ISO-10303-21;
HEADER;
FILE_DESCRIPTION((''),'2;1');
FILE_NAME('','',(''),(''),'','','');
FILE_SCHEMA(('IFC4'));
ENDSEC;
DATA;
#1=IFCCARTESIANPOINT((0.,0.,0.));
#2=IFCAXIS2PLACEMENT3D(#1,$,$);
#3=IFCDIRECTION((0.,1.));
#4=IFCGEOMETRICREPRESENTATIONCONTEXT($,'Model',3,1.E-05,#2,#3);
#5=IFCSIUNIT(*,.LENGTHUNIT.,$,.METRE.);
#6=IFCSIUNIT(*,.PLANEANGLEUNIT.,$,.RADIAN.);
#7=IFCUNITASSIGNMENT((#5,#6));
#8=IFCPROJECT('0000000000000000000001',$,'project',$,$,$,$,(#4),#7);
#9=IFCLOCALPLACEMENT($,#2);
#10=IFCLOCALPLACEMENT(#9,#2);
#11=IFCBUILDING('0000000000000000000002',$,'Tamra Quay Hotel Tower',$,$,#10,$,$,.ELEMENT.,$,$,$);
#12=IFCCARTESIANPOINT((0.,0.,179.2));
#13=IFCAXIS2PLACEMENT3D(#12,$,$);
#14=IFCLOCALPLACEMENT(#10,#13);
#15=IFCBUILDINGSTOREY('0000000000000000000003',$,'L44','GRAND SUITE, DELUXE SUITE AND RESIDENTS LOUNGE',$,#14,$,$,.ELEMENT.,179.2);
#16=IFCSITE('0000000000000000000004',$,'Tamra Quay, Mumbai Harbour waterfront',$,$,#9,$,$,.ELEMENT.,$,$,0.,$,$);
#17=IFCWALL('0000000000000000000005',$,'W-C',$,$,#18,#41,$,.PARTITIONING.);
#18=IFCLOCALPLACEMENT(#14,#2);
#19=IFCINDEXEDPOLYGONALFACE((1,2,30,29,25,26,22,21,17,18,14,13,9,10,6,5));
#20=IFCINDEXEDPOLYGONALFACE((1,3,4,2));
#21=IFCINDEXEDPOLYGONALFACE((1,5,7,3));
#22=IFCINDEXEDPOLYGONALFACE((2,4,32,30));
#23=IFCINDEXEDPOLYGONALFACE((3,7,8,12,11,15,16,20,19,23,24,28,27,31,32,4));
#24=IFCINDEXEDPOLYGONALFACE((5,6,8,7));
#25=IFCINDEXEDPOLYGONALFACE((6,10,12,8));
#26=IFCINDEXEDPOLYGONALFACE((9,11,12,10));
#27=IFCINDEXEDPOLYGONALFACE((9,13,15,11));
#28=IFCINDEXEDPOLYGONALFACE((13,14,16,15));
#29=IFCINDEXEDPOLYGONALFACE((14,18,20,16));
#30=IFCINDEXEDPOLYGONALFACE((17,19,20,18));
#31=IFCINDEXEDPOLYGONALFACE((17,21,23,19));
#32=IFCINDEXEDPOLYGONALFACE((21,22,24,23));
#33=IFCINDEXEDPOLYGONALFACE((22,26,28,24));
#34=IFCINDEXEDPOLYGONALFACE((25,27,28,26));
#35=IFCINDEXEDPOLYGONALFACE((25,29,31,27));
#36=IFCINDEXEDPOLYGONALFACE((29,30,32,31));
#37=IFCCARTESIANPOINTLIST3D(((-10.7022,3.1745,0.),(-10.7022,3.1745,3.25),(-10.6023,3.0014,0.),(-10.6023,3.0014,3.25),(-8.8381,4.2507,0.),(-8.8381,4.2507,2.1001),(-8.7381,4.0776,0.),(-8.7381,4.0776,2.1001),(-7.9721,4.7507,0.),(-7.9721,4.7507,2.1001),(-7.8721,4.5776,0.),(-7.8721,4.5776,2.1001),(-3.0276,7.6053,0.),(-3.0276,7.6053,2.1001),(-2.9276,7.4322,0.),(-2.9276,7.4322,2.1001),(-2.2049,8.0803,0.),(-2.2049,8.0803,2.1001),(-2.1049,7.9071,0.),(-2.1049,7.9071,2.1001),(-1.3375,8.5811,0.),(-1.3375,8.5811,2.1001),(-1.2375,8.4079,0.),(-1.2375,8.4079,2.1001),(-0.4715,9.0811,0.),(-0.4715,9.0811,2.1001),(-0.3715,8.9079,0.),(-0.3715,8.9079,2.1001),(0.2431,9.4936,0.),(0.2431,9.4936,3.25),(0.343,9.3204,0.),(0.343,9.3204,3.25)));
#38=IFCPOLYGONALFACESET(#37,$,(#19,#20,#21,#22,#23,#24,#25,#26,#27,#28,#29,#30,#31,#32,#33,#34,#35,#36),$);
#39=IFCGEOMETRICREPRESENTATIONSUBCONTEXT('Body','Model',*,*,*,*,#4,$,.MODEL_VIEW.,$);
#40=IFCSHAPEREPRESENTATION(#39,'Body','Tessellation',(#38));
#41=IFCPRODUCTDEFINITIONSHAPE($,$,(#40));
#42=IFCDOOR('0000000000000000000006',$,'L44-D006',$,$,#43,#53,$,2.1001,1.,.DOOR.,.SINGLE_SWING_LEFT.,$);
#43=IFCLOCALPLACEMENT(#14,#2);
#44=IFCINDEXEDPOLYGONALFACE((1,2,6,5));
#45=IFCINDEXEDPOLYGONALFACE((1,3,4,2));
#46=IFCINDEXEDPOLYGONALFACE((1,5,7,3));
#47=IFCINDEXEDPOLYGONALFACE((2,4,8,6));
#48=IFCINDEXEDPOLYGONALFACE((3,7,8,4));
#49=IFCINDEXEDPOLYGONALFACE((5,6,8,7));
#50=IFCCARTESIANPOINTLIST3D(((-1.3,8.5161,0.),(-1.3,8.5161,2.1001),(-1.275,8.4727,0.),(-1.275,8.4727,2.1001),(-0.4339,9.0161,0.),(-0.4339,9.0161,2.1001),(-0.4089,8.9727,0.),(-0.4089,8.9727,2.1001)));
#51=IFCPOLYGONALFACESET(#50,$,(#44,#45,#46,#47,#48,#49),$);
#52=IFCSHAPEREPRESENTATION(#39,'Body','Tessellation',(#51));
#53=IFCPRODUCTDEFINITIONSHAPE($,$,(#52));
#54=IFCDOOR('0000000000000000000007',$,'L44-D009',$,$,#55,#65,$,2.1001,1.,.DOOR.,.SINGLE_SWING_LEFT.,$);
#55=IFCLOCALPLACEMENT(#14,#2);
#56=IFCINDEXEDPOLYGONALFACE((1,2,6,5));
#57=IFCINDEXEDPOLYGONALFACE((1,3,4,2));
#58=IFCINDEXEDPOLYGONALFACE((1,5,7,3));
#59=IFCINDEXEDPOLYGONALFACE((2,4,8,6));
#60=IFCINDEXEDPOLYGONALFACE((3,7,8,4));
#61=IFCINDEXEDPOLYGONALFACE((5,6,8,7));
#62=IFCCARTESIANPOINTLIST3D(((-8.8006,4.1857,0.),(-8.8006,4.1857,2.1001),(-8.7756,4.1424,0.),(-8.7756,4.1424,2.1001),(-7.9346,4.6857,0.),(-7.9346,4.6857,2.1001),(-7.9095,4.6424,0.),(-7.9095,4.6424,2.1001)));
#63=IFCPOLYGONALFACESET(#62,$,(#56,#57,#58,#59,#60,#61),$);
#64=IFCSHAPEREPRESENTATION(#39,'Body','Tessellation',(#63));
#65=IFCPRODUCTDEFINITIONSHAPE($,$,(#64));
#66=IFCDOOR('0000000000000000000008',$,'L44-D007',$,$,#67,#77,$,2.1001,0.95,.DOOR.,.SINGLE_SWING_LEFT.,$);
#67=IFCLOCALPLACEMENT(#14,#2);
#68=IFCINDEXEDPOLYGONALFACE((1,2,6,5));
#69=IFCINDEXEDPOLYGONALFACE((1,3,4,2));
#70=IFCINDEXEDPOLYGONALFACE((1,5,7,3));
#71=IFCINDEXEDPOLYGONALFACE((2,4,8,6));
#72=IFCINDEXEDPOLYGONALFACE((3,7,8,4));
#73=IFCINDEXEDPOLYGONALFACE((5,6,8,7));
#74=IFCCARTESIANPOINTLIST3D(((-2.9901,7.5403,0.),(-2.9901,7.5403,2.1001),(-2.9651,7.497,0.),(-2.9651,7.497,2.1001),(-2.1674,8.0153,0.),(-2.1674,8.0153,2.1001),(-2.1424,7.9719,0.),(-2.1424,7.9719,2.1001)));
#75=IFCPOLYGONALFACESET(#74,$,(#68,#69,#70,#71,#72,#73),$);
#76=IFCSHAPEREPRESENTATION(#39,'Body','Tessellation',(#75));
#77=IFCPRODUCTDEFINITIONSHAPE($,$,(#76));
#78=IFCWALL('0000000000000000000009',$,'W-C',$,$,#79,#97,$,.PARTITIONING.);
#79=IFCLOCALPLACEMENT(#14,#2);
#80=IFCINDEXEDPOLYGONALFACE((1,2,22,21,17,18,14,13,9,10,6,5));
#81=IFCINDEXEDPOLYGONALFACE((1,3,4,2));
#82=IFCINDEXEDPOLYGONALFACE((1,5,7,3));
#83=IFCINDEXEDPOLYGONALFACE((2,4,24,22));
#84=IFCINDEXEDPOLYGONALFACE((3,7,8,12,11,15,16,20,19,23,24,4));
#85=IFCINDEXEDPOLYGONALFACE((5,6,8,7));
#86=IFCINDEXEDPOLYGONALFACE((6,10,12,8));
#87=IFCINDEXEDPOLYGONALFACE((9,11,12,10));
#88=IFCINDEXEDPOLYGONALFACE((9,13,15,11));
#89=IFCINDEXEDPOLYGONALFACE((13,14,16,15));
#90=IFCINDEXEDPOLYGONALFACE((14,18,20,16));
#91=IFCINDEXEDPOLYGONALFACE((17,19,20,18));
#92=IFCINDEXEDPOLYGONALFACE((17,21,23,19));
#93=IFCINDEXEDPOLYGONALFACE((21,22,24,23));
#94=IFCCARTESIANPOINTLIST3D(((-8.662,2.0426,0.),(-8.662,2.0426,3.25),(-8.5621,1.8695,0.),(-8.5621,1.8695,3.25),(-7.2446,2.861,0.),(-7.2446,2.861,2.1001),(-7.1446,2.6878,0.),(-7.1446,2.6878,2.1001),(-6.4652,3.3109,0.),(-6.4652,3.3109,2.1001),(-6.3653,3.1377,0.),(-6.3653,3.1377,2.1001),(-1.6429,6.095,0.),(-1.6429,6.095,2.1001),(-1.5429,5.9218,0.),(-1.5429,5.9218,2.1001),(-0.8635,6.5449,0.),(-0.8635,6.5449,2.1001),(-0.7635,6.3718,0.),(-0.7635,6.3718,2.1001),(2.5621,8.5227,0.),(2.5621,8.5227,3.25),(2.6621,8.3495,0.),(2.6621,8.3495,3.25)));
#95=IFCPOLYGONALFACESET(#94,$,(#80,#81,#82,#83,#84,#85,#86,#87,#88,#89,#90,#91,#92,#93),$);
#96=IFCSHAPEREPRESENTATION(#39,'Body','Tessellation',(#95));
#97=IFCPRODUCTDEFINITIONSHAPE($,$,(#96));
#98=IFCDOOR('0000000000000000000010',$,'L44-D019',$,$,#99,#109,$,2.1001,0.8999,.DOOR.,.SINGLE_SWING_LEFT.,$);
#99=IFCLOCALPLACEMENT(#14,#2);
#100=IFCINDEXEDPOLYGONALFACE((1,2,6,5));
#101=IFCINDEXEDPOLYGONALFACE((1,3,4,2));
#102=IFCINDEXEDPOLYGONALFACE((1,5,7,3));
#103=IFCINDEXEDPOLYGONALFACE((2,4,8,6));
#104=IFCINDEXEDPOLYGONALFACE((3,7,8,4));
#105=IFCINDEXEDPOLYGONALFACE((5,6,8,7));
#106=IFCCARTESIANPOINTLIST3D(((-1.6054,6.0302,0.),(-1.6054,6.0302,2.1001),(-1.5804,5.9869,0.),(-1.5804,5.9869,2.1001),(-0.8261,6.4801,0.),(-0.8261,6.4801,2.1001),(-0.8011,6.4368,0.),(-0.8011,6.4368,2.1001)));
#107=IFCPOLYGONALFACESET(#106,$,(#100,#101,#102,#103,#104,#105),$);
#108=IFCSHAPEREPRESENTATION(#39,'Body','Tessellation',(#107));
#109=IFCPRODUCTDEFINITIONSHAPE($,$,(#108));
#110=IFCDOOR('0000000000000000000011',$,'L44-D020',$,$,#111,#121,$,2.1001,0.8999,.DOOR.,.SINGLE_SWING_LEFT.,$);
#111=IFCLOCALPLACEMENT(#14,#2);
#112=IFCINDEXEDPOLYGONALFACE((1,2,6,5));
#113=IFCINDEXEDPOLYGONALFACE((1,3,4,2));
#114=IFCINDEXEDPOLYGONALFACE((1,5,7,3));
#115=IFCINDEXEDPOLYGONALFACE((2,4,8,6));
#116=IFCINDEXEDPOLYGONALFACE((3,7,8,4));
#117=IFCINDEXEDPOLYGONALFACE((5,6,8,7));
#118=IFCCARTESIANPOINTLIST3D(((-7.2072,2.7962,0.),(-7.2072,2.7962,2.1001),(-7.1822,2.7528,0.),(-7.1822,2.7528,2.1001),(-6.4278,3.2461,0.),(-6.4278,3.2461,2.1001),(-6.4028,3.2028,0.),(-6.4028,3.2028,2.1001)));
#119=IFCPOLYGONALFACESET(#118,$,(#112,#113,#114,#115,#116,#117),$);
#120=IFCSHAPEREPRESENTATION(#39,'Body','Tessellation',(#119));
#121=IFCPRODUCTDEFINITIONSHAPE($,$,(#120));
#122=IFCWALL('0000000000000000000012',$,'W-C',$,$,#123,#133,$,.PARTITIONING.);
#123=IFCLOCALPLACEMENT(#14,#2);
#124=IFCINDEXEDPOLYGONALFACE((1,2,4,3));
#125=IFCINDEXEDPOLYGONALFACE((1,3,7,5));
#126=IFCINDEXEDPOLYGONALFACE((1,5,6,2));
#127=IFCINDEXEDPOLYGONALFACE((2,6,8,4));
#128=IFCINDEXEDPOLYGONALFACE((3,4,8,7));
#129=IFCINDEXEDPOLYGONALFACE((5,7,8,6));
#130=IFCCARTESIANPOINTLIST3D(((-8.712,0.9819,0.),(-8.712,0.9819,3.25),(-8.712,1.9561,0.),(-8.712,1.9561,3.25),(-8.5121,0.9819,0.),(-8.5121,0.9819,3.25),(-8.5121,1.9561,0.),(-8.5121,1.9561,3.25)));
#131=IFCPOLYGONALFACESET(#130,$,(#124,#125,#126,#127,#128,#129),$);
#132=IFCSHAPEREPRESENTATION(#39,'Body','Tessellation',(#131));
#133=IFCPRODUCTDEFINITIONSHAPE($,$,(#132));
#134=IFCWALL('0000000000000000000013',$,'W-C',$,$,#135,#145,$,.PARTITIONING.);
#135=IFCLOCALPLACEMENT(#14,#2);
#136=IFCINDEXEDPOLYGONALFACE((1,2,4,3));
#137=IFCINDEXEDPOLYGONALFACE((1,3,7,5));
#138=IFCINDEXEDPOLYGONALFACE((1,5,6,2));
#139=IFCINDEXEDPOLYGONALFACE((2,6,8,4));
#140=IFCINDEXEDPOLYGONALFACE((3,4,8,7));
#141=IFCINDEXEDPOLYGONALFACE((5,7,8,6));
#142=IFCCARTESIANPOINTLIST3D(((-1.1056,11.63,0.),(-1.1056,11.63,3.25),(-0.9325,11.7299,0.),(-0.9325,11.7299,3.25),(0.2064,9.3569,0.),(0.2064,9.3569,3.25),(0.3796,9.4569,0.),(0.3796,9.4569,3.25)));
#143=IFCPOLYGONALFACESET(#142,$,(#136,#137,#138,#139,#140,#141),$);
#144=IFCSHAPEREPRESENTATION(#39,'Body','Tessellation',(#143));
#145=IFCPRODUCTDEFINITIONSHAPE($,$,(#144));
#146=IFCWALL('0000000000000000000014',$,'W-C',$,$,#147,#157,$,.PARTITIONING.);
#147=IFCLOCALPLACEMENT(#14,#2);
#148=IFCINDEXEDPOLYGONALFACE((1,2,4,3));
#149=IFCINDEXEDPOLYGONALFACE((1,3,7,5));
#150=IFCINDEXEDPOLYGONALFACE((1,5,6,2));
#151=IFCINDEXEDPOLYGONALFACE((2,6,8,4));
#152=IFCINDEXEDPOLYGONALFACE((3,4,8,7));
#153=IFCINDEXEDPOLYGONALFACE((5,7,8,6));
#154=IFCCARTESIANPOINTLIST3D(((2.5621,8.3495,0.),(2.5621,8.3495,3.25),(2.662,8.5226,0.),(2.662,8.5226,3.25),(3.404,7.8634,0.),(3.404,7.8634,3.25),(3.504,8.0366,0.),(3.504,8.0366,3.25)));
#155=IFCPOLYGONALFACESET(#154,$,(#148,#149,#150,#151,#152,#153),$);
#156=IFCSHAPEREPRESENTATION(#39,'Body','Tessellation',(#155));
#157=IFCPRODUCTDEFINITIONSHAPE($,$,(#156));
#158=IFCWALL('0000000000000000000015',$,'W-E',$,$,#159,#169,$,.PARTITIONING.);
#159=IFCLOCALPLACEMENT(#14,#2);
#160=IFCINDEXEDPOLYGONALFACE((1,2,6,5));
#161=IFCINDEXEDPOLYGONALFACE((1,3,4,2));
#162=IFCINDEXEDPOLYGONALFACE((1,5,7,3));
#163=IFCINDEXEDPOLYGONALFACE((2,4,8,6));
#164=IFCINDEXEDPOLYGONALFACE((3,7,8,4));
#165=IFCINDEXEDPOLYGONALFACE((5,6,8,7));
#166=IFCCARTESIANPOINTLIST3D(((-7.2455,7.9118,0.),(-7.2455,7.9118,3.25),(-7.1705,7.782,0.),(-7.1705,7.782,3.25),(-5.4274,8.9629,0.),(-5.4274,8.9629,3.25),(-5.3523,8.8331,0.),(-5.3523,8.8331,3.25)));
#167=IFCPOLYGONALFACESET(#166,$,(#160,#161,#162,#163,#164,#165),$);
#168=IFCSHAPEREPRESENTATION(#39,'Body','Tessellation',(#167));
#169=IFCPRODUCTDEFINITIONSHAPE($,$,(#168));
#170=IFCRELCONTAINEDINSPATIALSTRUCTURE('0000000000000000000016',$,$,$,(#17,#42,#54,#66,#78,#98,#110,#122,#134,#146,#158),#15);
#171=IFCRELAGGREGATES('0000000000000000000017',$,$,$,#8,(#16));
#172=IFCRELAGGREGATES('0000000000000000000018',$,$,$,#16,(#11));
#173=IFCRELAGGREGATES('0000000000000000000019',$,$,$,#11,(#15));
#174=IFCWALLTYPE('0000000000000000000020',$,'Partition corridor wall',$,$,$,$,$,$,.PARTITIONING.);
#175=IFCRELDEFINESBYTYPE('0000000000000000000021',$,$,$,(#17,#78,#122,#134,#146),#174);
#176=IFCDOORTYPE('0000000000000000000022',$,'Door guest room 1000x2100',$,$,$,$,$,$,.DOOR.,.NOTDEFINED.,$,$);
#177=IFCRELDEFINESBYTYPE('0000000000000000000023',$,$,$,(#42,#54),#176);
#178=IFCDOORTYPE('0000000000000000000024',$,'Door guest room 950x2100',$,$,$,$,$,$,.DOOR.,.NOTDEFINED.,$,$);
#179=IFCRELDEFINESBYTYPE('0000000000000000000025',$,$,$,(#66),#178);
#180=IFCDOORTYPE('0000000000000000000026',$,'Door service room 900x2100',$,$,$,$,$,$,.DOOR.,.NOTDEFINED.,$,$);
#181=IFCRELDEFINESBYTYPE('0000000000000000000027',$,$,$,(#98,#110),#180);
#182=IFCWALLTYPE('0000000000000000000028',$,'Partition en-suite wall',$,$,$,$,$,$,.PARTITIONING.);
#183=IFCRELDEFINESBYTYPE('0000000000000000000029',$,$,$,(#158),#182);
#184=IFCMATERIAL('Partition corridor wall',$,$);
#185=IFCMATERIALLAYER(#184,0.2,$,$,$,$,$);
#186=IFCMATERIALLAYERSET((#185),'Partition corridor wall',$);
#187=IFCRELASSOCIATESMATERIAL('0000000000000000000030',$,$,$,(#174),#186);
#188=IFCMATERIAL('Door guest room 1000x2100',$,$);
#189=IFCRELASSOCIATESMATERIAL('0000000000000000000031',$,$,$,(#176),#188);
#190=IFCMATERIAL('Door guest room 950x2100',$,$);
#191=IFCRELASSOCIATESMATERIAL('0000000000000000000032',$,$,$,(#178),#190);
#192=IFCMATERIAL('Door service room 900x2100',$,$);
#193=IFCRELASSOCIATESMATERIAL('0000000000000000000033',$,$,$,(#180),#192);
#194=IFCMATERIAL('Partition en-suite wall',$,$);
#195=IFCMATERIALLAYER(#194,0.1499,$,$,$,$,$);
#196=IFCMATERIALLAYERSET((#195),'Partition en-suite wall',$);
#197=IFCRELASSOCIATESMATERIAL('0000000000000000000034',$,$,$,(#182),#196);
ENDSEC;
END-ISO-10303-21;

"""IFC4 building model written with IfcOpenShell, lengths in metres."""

from ifc_helpers import new_model, si_unit, direction, frame, frame_2d, origin, place, context, subcontext, project, spatial, rectangle, extrude, material, layer, layer_set, type_object, element, fill, save


model = new_model("IFC4")

# Units and contexts
model_context = context("Model", 3, precision=1e-05, world=origin(), true_north=direction((0.0, 1.0)))
body_context = subcontext(model_context, "Body", "Model", "MODEL_VIEW")
ifc_project = project(units=[si_unit("LENGTHUNIT", "METRE"), si_unit("PLANEANGLEUNIT", "RADIAN")], contexts=[model_context])

# Site, building, storey
site_placement = place(None, origin())
site = spatial("IfcSite", under=ifc_project, at=site_placement, Name="Tamra Quay, Mumbai Harbour waterfront", CompositionType="ELEMENT", RefElevation=0.0)
building_placement = place(site_placement, origin())
building = spatial("IfcBuilding", under=site, at=building_placement, Name="Tamra Quay Hotel Tower", CompositionType="ELEMENT")
storey_placement = place(building_placement, frame((0.0, 0.0, 179.2)))
storey = spatial("IfcBuildingStorey", under=building, at=storey_placement, Name="L44", Description="GRAND SUITE, DELUXE SUITE AND RESIDENTS LOUNGE", CompositionType="ELEMENT", Elevation=179.2)

# Walls, openings, doors
ifc_material_1 = material(Name="Partition corridor wall")
ifc_layer_1 = layer(ifc_material_1, 0.2)
ifc_layer_set_1 = layer_set([ifc_layer_1], Name="Partition corridor wall")
wall_type_1 = type_object("IfcWallType", Name="Partition corridor wall", PredefinedType="PARTITIONING", material=ifc_layer_set_1)
wall_1_placement = place(storey_placement, frame((-10.6523, 3.0879, 0.0), z_axis=(0.0, 0.0, 1.0), x_axis=(0.866032, 0.499989, 0.0)))
wall_1 = element("IfcWall", 1, at=wall_1_placement, inside=storey, type_object=wall_type_1, Name="W-C", PredefinedType="PARTITIONING", context=body_context, shape_type="SweptSolid", body=[
    extrude(rectangle(XDim=12.6384, YDim=0.2, at=frame_2d((6.3193, 0.0))), origin(), (0.0, 0.0, 1.0), 3.25),
])
opening_1_placement = place(wall_1_placement, frame((10.8135, 0.0, 0.0)))
opening_1 = element("IfcOpeningElement", 2, at=opening_1_placement, cuts=wall_1, PredefinedType="OPENING", context=body_context, shape_type="SweptSolid", body=[
    extrude(rectangle(XDim=1.0, YDim=2.1001, at=frame_2d((0.5, 1.05))), frame((0.0, 0.1099, 0.0), z_axis=(0.0, -1.0, 0.0), x_axis=(1.0, 0.0, 0.0)), (0.0, 0.0, 1.0), 0.22),
])
opening_2_placement = place(wall_1_placement, frame((8.8618, 0.0, 0.0)))
opening_2 = element("IfcOpeningElement", 3, at=opening_2_placement, cuts=wall_1, PredefinedType="OPENING", context=body_context, shape_type="SweptSolid", body=[
    extrude(rectangle(XDim=0.95, YDim=2.1001, at=frame_2d((0.4751, 1.05))), frame((0.0, 0.1099, 0.0), z_axis=(0.0, -1.0, 0.0), x_axis=(1.0, 0.0, 0.0)), (0.0, 0.0, 1.0), 0.22),
])
opening_3_placement = place(wall_1_placement, frame((2.1526, 0.0, 0.0)))
opening_3 = element("IfcOpeningElement", 4, at=opening_3_placement, cuts=wall_1, PredefinedType="OPENING", context=body_context, shape_type="SweptSolid", body=[
    extrude(rectangle(XDim=1.0, YDim=2.1001, at=frame_2d((0.5, 1.05))), frame((0.0, 0.1099, 0.0), z_axis=(0.0, -1.0, 0.0), x_axis=(1.0, 0.0, 0.0)), (0.0, 0.0, 1.0), 0.22),
])
ifc_material_2 = material(Name="Door guest room 1000x2100")
door_type_1 = type_object("IfcDoorType", Name="Door guest room 1000x2100", OperationType="NOTDEFINED", PredefinedType="DOOR", material=ifc_material_2)
door_1_placement = place(opening_1_placement, origin())
door_1 = element("IfcDoor", 5, at=door_1_placement, inside=storey, type_object=door_type_1, Name="L44-D006", OperationType="SINGLE_SWING_LEFT", OverallHeight=2.1001, OverallWidth=1.0, PredefinedType="DOOR", context=body_context, shape_type="SweptSolid", body=[
    extrude(rectangle(XDim=1.0, YDim=2.1001, at=frame_2d((0.5, 1.05))), frame((0.0, 0.0249, 0.0), z_axis=(0.0, -1.0, 0.0), x_axis=(1.0, 0.0, 0.0)), (0.0, 0.0, 1.0), 0.05),
])
fill(opening_1, door_1)
door_2_placement = place(opening_3_placement, origin())
door_2 = element("IfcDoor", 6, at=door_2_placement, inside=storey, type_object=door_type_1, Name="L44-D009", OperationType="SINGLE_SWING_LEFT", OverallHeight=2.1001, OverallWidth=1.0, PredefinedType="DOOR", context=body_context, shape_type="SweptSolid", body=[
    extrude(rectangle(XDim=1.0, YDim=2.1001, at=frame_2d((0.5, 1.05))), frame((0.0, 0.0249, 0.0), z_axis=(0.0, -1.0, 0.0), x_axis=(1.0, 0.0, 0.0)), (0.0, 0.0, 1.0), 0.05),
])
fill(opening_3, door_2)
ifc_material_3 = material(Name="Door guest room 950x2100")
door_type_2 = type_object("IfcDoorType", Name="Door guest room 950x2100", OperationType="NOTDEFINED", PredefinedType="DOOR", material=ifc_material_3)
door_3_placement = place(opening_2_placement, origin())
door_3 = element("IfcDoor", 7, at=door_3_placement, inside=storey, type_object=door_type_2, Name="L44-D007", OperationType="SINGLE_SWING_LEFT", OverallHeight=2.1001, OverallWidth=0.95, PredefinedType="DOOR", context=body_context, shape_type="SweptSolid", body=[
    extrude(rectangle(XDim=0.95, YDim=2.1001, at=frame_2d((0.4751, 1.05))), frame((0.0, 0.0249, 0.0), z_axis=(0.0, -1.0, 0.0), x_axis=(1.0, 0.0, 0.0)), (0.0, 0.0, 1.0), 0.05),
])
fill(opening_2, door_3)
wall_2_placement = place(storey_placement, frame((-8.6121, 1.9561, 0.0), z_axis=(0.0, 0.0, 1.0), x_axis=(0.866034, 0.499984, 0.0)))
wall_2 = element("IfcWall", 8, at=wall_2_placement, inside=storey, type_object=wall_type_1, Name="W-C", PredefinedType="PARTITIONING", context=body_context, shape_type="SweptSolid", body=[
    extrude(rectangle(XDim=12.9604, YDim=0.2, at=frame_2d((6.4802, 0.0))), origin(), (0.0, 0.0, 1.0), 3.25),
])
opening_4_placement = place(wall_2_placement, frame((8.105, 0.0, 0.0)))
opening_4 = element("IfcOpeningElement", 9, at=opening_4_placement, cuts=wall_2, PredefinedType="OPENING", context=body_context, shape_type="SweptSolid", body=[
    extrude(rectangle(XDim=0.8999, YDim=2.1001, at=frame_2d((0.45, 1.05))), frame((0.0, 0.1099, 0.0), z_axis=(0.0, -1.0, 0.0), x_axis=(1.0, 0.0, 0.0)), (0.0, 0.0, 1.0), 0.22),
])
opening_5_placement = place(wall_2_placement, frame((1.6367, 0.0, 0.0)))
opening_5 = element("IfcOpeningElement", 10, at=opening_5_placement, cuts=wall_2, PredefinedType="OPENING", context=body_context, shape_type="SweptSolid", body=[
    extrude(rectangle(XDim=0.8999, YDim=2.1001, at=frame_2d((0.45, 1.05))), frame((0.0, 0.1099, 0.0), z_axis=(0.0, -1.0, 0.0), x_axis=(1.0, 0.0, 0.0)), (0.0, 0.0, 1.0), 0.22),
])
ifc_material_4 = material(Name="Door service room 900x2100")
door_type_3 = type_object("IfcDoorType", Name="Door service room 900x2100", OperationType="NOTDEFINED", PredefinedType="DOOR", material=ifc_material_4)
door_4_placement = place(opening_4_placement, frame((0.8999, 0.0, 0.0), z_axis=(0.0, 0.0, 1.0), x_axis=(-1.0, 0.0, 0.0)))
door_4 = element("IfcDoor", 11, at=door_4_placement, inside=storey, type_object=door_type_3, Name="L44-D019", OperationType="SINGLE_SWING_LEFT", OverallHeight=2.1001, OverallWidth=0.8999, PredefinedType="DOOR", context=body_context, shape_type="SweptSolid", body=[
    extrude(rectangle(XDim=0.8999, YDim=2.1001, at=frame_2d((0.45, 1.05))), frame((0.0, 0.0249, 0.0), z_axis=(0.0, -1.0, 0.0), x_axis=(1.0, 0.0, 0.0)), (0.0, 0.0, 1.0), 0.05),
])
fill(opening_4, door_4)
door_5_placement = place(opening_5_placement, frame((0.8999, 0.0, 0.0), z_axis=(0.0, 0.0, 1.0), x_axis=(-1.0, 0.0, 0.0)))
door_5 = element("IfcDoor", 12, at=door_5_placement, inside=storey, type_object=door_type_3, Name="L44-D020", OperationType="SINGLE_SWING_LEFT", OverallHeight=2.1001, OverallWidth=0.8999, PredefinedType="DOOR", context=body_context, shape_type="SweptSolid", body=[
    extrude(rectangle(XDim=0.8999, YDim=2.1001, at=frame_2d((0.45, 1.05))), frame((0.0, 0.0249, 0.0), z_axis=(0.0, -1.0, 0.0), x_axis=(1.0, 0.0, 0.0)), (0.0, 0.0, 1.0), 0.05),
])
fill(opening_5, door_5)

# Walls
wall_3_placement = place(storey_placement, frame((-8.6121, 0.9819, 0.0), z_axis=(0.0, 0.0, 1.0), x_axis=(0.0, 1.0, 0.0)))
element("IfcWall", 13, at=wall_3_placement, inside=storey, type_object=wall_type_1, Name="W-C", PredefinedType="PARTITIONING", context=body_context, shape_type="SweptSolid", body=[
    extrude(rectangle(XDim=0.9741, YDim=0.2, at=frame_2d((0.4871, 0.0))), origin(), (0.0, 0.0, 1.0), 3.25),
])
wall_4_placement = place(storey_placement, frame((-1.019, 11.6799, 0.0), z_axis=(0.0, 0.0, 1.0), x_axis=(0.499921, -0.866071, 0.0)))
element("IfcWall", 14, at=wall_4_placement, inside=storey, type_object=wall_type_1, Name="W-C", PredefinedType="PARTITIONING", context=body_context, shape_type="SweptSolid", body=[
    extrude(rectangle(XDim=2.6245, YDim=0.2, at=frame_2d((1.3123, 0.0))), origin(), (0.0, 0.0, 1.0), 3.25),
])
wall_5_placement = place(storey_placement, frame((2.6121, 8.436, 0.0), z_axis=(0.0, 0.0, 1.0), x_axis=(0.866056, -0.499947, 0.0)))
element("IfcWall", 15, at=wall_5_placement, inside=storey, type_object=wall_type_1, Name="W-C", PredefinedType="PARTITIONING", context=body_context, shape_type="SweptSolid", body=[
    extrude(rectangle(XDim=0.9722, YDim=0.2, at=frame_2d((0.4861, 0.0))), origin(), (0.0, 0.0, 1.0), 3.25),
])
ifc_material_5 = material(Name="Partition en-suite wall")
ifc_layer_2 = layer(ifc_material_5, 0.1499)
ifc_layer_set_2 = layer_set([ifc_layer_2], Name="Partition en-suite wall")
wall_type_2 = type_object("IfcWallType", Name="Partition en-suite wall", PredefinedType="PARTITIONING", material=ifc_layer_set_2)
wall_6_placement = place(storey_placement, frame((-7.208, 7.8469, 0.0), z_axis=(0.0, 0.0, 1.0), x_axis=(0.86575, 0.500477, 0.0)))
element("IfcWall", 16, at=wall_6_placement, inside=storey, type_object=wall_type_2, Name="W-E", PredefinedType="PARTITIONING", context=body_context, shape_type="SweptSolid", body=[
    extrude(rectangle(XDim=2.1001, YDim=0.1499, at=frame_2d((1.05, 0.0))), origin(), (0.0, 0.0, 1.0), 3.25),
])

save(model, "model.ifc")
